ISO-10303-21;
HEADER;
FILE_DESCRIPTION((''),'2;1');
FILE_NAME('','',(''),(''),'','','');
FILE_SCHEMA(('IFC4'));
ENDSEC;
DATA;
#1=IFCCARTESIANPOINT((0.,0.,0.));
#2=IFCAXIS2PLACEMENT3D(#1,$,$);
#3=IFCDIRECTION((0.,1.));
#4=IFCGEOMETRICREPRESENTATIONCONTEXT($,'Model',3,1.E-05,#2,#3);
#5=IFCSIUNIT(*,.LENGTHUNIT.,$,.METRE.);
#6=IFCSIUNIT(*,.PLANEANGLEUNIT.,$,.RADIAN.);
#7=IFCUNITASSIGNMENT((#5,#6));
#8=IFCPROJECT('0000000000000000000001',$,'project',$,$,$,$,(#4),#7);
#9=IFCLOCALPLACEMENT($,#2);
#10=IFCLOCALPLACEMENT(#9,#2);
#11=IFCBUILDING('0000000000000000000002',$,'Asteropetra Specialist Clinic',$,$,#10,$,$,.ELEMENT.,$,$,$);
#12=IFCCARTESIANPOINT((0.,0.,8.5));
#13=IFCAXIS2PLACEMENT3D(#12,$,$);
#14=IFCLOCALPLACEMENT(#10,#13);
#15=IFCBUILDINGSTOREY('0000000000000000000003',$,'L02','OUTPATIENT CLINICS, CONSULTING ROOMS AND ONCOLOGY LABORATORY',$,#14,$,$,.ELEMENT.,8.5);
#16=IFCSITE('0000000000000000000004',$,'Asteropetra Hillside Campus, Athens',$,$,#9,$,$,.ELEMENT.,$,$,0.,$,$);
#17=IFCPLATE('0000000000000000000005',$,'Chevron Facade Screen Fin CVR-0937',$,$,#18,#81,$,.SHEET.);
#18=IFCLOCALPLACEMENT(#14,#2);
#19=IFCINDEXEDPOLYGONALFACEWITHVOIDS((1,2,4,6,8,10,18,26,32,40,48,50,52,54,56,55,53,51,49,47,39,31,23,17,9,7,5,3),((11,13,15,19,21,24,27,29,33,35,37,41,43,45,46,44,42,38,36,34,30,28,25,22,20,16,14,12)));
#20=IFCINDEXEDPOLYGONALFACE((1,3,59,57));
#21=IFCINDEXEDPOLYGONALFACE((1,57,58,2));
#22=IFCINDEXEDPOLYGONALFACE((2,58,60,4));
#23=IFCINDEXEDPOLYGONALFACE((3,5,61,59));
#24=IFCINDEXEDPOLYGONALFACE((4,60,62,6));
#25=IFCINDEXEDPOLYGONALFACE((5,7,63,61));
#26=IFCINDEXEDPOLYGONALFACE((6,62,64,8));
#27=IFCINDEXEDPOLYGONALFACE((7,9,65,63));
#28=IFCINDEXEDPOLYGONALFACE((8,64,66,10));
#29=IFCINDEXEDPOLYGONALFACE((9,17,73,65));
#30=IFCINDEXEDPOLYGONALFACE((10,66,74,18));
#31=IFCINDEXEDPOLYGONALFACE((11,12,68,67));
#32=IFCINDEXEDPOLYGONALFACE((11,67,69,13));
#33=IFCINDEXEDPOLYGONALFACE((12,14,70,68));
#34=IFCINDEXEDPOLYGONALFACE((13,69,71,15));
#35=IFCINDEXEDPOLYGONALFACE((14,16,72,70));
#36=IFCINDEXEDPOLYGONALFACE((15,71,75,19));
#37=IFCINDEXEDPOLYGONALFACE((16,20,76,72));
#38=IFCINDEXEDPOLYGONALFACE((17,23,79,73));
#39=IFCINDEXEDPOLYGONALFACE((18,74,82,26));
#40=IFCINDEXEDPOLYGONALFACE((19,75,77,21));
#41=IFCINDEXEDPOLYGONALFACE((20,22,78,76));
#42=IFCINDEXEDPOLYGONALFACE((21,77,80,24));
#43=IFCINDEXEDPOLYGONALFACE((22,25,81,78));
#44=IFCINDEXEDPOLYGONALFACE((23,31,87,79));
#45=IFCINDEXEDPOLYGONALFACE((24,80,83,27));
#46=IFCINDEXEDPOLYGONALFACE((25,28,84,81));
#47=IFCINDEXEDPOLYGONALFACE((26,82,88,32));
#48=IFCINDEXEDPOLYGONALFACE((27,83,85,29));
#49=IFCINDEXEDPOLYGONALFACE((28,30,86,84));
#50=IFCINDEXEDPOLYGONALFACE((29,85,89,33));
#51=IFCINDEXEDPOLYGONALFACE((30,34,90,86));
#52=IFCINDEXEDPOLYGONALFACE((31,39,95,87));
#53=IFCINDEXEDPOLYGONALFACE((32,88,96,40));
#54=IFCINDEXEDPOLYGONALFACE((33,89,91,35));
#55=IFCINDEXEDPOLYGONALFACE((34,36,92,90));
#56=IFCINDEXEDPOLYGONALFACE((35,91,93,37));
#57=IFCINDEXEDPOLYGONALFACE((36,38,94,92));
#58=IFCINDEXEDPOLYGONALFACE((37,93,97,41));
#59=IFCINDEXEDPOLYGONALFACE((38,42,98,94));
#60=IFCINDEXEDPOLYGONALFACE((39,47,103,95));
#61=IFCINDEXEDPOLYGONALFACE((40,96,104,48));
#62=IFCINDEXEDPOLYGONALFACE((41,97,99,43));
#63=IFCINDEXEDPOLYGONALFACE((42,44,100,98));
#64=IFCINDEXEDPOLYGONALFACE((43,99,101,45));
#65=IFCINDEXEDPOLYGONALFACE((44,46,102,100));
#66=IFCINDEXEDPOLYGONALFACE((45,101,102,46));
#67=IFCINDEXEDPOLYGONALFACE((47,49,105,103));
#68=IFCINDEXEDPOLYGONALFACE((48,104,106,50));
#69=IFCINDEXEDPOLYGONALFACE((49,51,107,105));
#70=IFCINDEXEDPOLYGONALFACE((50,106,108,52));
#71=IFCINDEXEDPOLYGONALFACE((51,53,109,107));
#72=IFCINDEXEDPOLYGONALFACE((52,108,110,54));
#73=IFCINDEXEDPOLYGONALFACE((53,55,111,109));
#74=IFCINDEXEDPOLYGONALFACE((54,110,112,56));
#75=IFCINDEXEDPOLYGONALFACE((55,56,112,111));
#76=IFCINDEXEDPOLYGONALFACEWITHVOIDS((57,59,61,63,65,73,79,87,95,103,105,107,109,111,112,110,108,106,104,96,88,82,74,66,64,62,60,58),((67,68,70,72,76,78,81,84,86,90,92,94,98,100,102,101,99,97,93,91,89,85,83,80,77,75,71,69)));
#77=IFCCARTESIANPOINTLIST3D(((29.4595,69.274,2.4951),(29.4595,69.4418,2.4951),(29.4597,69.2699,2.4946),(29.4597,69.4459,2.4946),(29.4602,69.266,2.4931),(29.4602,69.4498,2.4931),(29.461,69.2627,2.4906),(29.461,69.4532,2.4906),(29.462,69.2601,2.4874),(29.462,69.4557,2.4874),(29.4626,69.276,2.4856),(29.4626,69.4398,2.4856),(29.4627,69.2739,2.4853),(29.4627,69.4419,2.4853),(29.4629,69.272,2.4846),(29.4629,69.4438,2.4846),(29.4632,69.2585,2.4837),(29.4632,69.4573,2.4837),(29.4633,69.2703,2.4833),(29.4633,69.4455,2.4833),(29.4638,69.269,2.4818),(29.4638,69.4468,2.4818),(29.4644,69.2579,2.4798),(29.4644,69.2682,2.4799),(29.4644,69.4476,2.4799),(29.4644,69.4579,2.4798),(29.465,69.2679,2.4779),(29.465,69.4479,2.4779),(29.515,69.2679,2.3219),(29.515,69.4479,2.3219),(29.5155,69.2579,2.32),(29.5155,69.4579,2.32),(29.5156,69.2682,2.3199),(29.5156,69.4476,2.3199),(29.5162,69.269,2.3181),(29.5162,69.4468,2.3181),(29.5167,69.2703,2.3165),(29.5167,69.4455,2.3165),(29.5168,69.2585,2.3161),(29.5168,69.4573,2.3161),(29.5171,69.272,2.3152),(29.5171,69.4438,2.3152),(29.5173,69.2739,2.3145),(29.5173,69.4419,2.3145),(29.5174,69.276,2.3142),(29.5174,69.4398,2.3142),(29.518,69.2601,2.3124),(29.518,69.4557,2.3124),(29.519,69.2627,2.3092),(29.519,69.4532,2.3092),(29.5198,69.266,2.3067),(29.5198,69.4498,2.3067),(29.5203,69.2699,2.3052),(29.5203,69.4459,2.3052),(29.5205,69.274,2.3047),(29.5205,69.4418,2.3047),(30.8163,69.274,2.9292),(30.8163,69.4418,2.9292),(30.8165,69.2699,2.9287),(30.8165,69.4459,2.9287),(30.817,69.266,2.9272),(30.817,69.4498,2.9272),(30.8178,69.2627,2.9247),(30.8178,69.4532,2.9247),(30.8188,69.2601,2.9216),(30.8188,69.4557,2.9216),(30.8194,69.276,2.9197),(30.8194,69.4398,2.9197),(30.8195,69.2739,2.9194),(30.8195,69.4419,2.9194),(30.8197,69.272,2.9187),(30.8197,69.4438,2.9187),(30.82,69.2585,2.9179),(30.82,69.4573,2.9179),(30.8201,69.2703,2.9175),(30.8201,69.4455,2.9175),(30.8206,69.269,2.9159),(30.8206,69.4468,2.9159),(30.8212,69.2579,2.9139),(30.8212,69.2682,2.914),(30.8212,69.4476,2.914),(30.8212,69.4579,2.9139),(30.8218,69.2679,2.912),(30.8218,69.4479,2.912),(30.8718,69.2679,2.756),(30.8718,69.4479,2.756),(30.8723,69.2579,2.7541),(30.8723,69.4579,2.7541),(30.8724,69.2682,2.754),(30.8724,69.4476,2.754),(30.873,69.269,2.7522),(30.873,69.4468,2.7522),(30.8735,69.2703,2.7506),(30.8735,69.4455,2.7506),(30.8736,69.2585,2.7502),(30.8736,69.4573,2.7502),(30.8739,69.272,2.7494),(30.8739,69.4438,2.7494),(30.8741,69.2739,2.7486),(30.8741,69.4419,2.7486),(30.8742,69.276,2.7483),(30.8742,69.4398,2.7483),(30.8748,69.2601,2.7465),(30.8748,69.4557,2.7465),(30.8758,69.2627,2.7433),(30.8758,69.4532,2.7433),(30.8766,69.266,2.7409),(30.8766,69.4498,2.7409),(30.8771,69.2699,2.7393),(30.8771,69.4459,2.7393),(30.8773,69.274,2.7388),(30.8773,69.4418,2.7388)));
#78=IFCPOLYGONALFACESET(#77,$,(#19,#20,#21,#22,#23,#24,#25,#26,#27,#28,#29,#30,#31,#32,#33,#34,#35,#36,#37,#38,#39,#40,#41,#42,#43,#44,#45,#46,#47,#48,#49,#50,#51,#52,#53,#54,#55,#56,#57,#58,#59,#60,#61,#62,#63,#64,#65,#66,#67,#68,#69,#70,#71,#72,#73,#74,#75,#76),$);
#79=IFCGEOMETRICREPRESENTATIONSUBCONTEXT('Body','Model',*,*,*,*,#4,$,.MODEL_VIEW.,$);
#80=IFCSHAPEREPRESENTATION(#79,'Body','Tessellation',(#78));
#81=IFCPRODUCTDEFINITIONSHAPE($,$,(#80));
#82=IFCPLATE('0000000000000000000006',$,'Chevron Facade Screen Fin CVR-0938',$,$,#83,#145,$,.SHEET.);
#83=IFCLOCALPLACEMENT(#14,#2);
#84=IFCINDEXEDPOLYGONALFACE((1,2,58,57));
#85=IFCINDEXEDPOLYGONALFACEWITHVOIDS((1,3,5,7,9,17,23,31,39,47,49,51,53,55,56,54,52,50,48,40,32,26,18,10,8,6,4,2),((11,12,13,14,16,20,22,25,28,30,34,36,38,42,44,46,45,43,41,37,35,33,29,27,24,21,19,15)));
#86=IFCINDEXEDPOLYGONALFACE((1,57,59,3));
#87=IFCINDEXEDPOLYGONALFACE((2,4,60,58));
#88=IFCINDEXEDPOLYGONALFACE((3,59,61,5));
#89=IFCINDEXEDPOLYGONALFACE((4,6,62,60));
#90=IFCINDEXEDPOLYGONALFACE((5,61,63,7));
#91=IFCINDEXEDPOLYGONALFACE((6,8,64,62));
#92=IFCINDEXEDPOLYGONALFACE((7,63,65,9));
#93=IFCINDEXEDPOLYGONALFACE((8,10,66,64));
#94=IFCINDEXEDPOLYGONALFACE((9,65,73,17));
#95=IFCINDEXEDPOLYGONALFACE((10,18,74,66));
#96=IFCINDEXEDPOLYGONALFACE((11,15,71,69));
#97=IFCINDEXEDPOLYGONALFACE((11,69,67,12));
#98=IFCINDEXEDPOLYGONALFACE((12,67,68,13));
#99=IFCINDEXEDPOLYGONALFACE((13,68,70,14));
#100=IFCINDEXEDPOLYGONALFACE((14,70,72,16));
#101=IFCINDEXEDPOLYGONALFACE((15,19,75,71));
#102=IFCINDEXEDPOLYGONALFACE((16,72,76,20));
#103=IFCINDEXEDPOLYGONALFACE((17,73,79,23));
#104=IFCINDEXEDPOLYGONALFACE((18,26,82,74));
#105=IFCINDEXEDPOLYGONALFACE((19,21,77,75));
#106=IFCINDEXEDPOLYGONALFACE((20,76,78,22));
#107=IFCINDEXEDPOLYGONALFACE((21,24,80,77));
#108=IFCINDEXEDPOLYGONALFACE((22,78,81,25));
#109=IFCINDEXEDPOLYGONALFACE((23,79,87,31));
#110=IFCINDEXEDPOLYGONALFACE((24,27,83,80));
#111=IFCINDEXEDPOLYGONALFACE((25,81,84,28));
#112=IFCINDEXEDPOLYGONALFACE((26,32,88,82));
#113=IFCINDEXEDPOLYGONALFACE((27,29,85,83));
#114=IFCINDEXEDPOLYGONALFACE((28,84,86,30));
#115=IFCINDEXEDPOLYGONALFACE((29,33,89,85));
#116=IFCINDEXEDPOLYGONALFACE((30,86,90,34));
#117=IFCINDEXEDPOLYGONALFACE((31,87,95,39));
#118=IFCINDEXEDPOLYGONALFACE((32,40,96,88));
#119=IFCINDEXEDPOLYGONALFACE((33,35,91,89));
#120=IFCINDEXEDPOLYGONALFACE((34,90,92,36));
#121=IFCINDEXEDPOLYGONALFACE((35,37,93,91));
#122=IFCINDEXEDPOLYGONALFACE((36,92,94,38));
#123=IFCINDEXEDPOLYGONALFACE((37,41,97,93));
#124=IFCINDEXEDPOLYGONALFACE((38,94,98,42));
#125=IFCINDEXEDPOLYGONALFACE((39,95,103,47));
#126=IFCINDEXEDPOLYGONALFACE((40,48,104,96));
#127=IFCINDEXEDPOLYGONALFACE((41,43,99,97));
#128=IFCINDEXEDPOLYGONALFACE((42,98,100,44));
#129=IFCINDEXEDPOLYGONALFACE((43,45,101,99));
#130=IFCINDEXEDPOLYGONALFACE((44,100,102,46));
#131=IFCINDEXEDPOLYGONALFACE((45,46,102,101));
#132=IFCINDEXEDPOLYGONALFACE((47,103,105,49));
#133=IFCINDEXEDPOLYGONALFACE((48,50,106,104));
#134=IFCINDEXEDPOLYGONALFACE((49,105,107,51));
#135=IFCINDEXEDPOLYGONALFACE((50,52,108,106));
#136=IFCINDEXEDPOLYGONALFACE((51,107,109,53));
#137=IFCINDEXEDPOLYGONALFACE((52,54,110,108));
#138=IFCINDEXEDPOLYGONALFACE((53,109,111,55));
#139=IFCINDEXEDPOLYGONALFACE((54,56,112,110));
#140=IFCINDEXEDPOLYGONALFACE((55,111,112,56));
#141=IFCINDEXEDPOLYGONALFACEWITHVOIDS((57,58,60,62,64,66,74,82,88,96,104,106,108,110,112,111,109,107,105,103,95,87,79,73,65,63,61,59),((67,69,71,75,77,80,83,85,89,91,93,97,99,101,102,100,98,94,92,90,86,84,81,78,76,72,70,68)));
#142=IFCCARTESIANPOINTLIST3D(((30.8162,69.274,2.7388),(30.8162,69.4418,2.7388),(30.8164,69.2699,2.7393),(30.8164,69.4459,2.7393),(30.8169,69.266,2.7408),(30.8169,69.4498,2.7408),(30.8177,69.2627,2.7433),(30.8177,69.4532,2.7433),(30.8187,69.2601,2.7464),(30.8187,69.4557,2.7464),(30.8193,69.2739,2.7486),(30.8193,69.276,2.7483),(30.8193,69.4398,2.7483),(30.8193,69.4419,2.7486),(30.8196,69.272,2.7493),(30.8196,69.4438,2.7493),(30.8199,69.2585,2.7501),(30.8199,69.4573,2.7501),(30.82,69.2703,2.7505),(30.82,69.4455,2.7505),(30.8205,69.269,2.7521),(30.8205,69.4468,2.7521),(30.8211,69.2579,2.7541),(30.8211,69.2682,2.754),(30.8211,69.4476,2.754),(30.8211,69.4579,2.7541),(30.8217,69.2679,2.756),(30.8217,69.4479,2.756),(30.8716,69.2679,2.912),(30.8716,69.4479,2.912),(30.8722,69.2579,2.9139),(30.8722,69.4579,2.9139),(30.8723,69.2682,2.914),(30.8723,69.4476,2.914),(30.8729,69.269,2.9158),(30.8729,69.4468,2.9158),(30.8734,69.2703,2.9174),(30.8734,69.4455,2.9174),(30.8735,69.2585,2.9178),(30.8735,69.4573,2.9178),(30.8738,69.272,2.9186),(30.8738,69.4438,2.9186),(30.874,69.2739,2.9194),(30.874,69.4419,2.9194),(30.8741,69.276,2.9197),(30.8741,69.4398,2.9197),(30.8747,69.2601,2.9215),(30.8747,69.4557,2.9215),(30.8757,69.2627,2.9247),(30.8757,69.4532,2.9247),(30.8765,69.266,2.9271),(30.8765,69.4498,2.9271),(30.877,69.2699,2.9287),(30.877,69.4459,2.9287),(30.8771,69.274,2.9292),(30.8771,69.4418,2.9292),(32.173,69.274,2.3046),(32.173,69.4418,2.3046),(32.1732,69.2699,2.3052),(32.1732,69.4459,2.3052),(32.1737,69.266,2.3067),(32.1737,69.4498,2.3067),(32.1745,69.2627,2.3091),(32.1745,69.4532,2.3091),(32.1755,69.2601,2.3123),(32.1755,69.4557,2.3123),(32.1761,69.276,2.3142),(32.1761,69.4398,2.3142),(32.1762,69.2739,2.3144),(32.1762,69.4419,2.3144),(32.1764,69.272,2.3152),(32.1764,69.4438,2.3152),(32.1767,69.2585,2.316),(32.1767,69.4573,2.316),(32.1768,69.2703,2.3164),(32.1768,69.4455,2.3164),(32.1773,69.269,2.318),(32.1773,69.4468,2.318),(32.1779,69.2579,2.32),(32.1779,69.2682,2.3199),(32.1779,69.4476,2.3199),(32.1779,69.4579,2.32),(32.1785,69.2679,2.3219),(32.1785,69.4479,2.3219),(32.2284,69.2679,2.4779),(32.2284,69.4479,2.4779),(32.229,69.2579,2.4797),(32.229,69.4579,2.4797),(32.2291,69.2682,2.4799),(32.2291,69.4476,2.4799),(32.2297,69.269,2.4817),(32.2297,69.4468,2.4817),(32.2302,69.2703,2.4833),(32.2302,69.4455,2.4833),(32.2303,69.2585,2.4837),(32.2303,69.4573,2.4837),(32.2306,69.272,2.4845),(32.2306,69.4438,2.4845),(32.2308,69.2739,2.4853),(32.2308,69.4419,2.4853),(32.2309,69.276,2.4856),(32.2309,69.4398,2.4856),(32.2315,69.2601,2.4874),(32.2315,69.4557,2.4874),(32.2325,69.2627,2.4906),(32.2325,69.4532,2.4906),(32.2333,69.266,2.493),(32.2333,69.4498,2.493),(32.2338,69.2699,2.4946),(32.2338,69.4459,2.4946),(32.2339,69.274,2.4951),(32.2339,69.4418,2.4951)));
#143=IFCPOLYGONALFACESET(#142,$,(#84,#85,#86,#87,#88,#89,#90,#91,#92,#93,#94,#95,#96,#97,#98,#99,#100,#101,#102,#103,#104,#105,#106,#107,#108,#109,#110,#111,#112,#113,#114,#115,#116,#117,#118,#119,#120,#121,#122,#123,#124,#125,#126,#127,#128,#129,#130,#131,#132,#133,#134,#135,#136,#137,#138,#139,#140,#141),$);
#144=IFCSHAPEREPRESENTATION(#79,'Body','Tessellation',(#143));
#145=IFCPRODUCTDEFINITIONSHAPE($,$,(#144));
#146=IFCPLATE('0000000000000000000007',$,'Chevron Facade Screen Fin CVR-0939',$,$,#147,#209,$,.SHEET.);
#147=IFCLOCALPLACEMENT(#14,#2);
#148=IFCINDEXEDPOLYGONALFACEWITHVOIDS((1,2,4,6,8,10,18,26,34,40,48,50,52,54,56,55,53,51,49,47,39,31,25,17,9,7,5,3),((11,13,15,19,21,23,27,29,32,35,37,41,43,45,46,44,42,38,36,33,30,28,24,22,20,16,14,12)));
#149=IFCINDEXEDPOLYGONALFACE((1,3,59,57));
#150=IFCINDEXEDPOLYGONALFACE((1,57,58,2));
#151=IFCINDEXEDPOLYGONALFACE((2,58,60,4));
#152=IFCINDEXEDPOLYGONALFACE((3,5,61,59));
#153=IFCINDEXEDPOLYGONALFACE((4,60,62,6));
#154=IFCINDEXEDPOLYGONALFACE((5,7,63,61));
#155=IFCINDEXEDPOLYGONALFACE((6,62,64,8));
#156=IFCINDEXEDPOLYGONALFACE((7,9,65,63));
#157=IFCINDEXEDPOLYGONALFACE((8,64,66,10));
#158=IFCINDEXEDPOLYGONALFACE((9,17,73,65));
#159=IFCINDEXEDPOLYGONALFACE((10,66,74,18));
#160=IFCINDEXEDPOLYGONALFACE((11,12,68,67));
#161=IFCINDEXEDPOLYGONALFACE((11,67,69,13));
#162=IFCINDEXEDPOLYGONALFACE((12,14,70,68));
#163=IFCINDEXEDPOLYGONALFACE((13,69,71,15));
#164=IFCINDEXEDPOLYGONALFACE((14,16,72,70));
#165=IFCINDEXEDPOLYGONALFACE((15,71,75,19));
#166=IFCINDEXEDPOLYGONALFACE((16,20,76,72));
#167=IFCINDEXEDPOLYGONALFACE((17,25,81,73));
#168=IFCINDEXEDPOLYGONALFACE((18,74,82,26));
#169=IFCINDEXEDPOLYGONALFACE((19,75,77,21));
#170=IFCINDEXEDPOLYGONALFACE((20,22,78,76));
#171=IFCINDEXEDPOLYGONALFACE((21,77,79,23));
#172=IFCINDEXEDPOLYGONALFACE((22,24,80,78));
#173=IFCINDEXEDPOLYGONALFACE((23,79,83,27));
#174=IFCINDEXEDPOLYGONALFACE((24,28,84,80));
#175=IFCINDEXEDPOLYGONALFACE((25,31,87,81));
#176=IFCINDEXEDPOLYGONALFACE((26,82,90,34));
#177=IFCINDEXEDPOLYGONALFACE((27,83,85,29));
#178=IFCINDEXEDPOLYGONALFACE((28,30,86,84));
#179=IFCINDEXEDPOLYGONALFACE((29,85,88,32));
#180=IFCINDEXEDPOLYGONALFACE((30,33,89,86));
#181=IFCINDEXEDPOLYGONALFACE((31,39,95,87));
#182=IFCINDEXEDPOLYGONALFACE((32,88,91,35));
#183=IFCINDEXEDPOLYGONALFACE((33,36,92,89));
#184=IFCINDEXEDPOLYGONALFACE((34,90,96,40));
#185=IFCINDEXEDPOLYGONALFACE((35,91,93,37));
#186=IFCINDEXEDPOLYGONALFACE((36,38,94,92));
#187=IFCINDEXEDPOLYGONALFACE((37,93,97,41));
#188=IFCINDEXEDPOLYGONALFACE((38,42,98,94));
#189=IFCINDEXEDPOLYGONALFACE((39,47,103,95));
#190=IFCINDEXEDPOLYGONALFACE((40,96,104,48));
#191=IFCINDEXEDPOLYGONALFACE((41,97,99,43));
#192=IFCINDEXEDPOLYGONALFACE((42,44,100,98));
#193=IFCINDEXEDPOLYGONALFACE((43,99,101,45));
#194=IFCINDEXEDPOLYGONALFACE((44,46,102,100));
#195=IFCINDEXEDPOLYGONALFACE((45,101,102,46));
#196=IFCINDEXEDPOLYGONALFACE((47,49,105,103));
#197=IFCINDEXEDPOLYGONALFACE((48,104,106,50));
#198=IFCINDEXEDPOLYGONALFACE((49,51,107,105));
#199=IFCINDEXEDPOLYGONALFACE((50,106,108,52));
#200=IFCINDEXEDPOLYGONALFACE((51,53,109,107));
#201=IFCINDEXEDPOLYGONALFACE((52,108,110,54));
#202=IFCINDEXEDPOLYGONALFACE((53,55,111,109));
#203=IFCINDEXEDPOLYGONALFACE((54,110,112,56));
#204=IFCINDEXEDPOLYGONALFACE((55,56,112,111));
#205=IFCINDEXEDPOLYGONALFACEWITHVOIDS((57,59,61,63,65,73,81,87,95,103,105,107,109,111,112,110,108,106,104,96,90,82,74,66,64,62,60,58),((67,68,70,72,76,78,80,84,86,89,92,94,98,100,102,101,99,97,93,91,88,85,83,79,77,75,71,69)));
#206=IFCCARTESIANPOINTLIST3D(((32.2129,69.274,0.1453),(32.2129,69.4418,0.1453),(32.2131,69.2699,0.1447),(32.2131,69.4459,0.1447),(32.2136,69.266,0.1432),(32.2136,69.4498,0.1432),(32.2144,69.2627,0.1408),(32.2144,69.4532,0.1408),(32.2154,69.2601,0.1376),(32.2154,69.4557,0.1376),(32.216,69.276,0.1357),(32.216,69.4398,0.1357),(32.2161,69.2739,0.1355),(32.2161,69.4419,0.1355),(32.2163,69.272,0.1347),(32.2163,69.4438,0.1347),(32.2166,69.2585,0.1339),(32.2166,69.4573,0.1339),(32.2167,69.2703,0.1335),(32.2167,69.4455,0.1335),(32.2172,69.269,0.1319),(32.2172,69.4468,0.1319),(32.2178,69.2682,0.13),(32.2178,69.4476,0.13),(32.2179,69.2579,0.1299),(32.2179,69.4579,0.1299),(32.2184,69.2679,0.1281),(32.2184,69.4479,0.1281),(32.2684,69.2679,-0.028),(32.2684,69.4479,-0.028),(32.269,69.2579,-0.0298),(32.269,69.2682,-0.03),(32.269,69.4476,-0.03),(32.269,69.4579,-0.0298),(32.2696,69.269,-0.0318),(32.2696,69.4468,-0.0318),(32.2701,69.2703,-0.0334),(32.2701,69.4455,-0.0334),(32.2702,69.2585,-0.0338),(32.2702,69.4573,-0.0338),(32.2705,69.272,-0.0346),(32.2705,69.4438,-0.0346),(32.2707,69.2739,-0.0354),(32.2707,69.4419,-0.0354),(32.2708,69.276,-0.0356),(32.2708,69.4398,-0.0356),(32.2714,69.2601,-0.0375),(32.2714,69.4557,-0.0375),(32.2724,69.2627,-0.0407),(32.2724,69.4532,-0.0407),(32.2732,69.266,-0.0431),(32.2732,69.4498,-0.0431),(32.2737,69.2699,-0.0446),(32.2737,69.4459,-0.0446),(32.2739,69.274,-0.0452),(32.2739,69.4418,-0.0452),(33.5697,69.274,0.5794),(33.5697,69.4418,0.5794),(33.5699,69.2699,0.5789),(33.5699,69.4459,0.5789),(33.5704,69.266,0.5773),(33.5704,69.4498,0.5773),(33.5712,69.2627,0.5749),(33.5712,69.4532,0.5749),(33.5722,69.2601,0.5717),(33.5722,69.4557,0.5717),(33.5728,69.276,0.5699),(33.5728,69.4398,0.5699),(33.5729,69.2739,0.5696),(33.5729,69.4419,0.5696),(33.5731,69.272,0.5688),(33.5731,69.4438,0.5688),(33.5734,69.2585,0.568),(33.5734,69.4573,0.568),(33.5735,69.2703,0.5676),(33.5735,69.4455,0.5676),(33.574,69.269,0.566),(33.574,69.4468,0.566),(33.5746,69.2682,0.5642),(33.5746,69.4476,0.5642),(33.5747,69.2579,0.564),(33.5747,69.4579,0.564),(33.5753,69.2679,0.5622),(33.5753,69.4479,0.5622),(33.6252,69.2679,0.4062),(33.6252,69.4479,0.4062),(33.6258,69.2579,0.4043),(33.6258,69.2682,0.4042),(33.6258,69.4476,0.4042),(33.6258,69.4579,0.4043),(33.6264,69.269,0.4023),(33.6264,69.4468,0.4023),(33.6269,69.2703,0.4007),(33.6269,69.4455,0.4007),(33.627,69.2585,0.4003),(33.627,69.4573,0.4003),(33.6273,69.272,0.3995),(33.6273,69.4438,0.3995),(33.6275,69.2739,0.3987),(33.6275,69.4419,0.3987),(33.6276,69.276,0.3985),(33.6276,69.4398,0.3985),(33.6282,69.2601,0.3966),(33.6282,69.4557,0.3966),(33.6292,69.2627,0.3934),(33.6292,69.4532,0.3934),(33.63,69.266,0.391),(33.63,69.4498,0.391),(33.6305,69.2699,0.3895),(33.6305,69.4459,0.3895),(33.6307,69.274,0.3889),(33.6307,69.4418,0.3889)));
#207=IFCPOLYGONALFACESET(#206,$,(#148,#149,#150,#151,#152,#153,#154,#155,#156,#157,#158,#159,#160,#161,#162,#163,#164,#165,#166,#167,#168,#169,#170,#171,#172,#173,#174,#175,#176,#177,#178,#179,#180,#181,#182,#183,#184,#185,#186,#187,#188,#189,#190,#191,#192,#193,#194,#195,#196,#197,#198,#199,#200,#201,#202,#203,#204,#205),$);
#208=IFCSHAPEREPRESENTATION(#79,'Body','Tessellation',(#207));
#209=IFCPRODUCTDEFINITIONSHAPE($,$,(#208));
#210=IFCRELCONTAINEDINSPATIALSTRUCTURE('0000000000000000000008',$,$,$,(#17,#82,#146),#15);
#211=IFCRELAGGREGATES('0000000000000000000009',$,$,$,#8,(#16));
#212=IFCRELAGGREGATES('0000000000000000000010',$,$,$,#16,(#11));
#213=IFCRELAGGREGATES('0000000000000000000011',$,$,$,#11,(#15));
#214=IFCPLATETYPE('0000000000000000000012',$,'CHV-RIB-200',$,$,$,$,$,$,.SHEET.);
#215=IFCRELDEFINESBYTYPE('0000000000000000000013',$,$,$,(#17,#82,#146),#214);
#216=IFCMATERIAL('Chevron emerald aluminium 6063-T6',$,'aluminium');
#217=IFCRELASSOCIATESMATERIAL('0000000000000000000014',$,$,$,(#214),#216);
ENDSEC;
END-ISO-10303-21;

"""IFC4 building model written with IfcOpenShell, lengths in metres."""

from ifc_helpers import new_model, si_unit, direction, frame, origin, origin_2d, place, context, subcontext, project, spatial, hollow_rectangle, extrude, material, material_profile, profile_set, type_object, element, save


model = new_model("IFC4")

# Units and contexts
model_context = context("Model", 3, precision=1e-05, world=origin(), true_north=direction((0.0, 1.0)))
body_context = subcontext(model_context, "Body", "Model", "MODEL_VIEW")
ifc_project = project(units=[si_unit("LENGTHUNIT", "METRE"), si_unit("PLANEANGLEUNIT", "RADIAN")], contexts=[model_context])

# Site, building, storey
site_placement = place(None, origin())
site = spatial("IfcSite", under=ifc_project, at=site_placement, Name="Asteropetra Hillside Campus, Athens", CompositionType="ELEMENT", RefElevation=0.0)
building_placement = place(site_placement, origin())
building = spatial("IfcBuilding", under=site, at=building_placement, Name="Asteropetra Specialist Clinic", CompositionType="ELEMENT")
storey_placement = place(building_placement, frame((0.0, 0.0, 8.5)))
storey = spatial("IfcBuildingStorey", under=building, at=storey_placement, Name="L02", Description="OUTPATIENT CLINICS, CONSULTING ROOMS AND ONCOLOGY LABORATORY", CompositionType="ELEMENT", Elevation=8.5)

# Plates
ifc_material = material(Name="Chevron emerald aluminium 6063-T6", Category="aluminium")
ifc_material_profile = material_profile(ifc_material, hollow_rectangle(XDim=0.2, YDim=0.2, WallThickness=0.01, InnerFilletRadius=0.0081, OuterFilletRadius=0.0161, at=origin_2d()), Name="SHS 200x200x10.0")
ifc_profile_set = profile_set([ifc_material_profile], Name="Chevron emerald aluminium 6063-T6")
plate_type = type_object("IfcPlateType", Name="CHV-RIB-200", PredefinedType="SHEET", material=ifc_profile_set)
for number, where, z_axis, x_axis, name in (
    (1, (29.49, 69.3579, 2.3999), (0.952436, 0.0, 0.304738), (0.0, 1.0, 0.0), "Chevron Facade Screen Fin CVR-0937"),
    (2, (30.8467, 69.3579, 2.834), (0.952436, 0.0, -0.304738), (0.0, 1.0, 0.0), "Chevron Facade Screen Fin CVR-0938"),
    (3, (32.2434, 69.3579, 0.05), (0.952436, 0.0, 0.304738), (0.0, 1.0, 0.0), "Chevron Facade Screen Fin CVR-0939"),
):
    element("IfcPlate", number, at=place(storey_placement, frame(where, z_axis=z_axis, x_axis=x_axis)), inside=storey, type_object=plate_type, Name=name, PredefinedType="SHEET", context=body_context, shape_type="SweptSolid", body=[
        extrude(hollow_rectangle(XDim=0.2, YDim=0.2, WallThickness=0.01, InnerFilletRadius=0.0081, OuterFilletRadius=0.0161, at=origin_2d()), origin(), (0.0, 0.0, 1.0), 1.4246),
    ])

save(model, "model.ifc")
